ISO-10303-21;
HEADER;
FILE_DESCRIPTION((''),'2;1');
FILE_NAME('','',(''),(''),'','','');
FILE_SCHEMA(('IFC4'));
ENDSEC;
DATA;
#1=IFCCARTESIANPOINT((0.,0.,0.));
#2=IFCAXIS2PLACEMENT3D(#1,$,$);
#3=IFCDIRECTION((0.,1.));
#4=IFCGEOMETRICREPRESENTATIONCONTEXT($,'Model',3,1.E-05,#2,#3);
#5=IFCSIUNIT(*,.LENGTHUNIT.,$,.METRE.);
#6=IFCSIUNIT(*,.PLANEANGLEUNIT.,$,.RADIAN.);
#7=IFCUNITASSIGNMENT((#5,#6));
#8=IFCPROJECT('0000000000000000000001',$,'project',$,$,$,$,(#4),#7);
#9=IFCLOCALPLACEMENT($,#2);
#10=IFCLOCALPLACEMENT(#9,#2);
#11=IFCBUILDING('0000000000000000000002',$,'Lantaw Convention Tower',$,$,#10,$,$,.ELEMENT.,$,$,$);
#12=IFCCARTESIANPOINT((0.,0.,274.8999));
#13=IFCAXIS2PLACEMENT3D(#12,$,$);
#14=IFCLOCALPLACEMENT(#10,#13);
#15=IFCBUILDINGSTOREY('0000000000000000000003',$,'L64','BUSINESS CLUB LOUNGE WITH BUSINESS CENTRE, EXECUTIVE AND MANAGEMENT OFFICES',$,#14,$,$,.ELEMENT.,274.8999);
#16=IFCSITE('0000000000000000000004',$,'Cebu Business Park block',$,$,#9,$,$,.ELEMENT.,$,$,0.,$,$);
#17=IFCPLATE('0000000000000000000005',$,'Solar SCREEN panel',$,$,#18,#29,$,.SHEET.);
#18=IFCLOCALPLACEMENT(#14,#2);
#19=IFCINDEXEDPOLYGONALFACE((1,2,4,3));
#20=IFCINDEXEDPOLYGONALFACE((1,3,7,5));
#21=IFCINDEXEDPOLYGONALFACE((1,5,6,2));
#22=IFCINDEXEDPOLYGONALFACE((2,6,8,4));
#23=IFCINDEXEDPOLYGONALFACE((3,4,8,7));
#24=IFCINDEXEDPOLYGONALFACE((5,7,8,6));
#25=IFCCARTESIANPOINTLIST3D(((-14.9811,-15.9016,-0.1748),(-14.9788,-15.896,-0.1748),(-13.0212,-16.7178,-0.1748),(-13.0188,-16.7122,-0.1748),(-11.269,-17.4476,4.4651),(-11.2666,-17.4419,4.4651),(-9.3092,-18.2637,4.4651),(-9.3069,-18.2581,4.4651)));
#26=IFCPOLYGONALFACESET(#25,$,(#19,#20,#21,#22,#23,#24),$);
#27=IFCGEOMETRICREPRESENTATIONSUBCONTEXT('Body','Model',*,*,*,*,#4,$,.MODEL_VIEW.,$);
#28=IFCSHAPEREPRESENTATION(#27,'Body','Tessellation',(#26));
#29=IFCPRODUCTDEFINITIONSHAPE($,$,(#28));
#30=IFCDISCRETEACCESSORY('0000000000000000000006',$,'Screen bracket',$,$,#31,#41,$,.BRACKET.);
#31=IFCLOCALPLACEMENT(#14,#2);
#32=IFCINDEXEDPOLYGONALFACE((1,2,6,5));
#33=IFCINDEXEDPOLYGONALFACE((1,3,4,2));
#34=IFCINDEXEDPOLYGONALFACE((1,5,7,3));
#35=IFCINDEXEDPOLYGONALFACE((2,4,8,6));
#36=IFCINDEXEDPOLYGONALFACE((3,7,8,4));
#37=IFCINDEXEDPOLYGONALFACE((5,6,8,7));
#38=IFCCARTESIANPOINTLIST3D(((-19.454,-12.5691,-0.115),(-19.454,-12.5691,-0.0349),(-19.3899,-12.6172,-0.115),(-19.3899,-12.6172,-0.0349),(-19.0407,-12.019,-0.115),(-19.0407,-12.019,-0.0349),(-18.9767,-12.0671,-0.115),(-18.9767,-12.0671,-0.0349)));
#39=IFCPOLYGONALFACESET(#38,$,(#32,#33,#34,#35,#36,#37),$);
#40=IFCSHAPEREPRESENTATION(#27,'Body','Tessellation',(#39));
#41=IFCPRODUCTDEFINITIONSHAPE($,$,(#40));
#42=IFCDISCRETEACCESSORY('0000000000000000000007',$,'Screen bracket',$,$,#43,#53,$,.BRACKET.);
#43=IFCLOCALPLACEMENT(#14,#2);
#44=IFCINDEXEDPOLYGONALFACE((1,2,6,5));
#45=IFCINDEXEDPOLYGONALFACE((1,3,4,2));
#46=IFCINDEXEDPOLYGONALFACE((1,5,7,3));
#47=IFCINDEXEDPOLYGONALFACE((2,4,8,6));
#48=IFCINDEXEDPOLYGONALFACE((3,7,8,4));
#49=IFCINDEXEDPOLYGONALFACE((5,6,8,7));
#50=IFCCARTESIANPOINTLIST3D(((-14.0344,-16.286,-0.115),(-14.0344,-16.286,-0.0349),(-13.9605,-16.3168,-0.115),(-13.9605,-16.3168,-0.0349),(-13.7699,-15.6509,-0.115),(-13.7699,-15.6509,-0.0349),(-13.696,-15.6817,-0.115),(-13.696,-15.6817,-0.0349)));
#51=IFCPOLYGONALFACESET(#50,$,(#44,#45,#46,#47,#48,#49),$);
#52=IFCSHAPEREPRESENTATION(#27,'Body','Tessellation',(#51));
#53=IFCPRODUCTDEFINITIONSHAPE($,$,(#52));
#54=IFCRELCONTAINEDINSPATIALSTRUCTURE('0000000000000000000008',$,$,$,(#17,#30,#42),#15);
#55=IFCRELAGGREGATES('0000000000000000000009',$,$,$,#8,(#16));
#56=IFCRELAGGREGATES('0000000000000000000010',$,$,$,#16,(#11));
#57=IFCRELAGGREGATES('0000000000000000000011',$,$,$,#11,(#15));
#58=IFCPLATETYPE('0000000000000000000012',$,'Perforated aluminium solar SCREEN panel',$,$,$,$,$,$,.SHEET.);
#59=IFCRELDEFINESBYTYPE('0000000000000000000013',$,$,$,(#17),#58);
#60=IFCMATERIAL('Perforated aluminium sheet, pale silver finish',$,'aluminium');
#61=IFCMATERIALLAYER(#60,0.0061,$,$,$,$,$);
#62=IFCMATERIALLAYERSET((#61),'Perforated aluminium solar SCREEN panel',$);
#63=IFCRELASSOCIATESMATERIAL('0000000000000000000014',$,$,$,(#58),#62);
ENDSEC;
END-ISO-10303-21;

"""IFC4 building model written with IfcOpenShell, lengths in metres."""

from ifc_helpers import new_model, si_unit, direction, frame, origin, origin_2d, place, context, subcontext, project, spatial, polyline, rectangle, outline, extrude, material, layer, layer_set, type_object, element, save


model = new_model("IFC4")

# Units and contexts
model_context = context("Model", 3, precision=1e-05, world=origin(), true_north=direction((0.0, 1.0)))
body_context = subcontext(model_context, "Body", "Model", "MODEL_VIEW")
ifc_project = project(units=[si_unit("LENGTHUNIT", "METRE"), si_unit("PLANEANGLEUNIT", "RADIAN")], contexts=[model_context])

# Site, building, storey
site_placement = place(None, origin())
site = spatial("IfcSite", under=ifc_project, at=site_placement, Name="Cebu Business Park block", CompositionType="ELEMENT", RefElevation=0.0)
building_placement = place(site_placement, origin())
building = spatial("IfcBuilding", under=site, at=building_placement, Name="Lantaw Convention Tower", CompositionType="ELEMENT")
storey_placement = place(building_placement, frame((0.0, 0.0, 274.8999)))
storey = spatial("IfcBuildingStorey", under=building, at=storey_placement, Name="L64", Description="BUSINESS CLUB LOUNGE WITH BUSINESS CENTRE, EXECUTIVE AND MANAGEMENT OFFICES", CompositionType="ELEMENT", Elevation=274.8999)

# Plate
ifc_material_1 = material(Name="Perforated aluminium sheet, pale silver finish", Category="aluminium")
ifc_layer_1 = layer(ifc_material_1, 0.0061)
ifc_layer_set_1 = layer_set([ifc_layer_1], Name="Perforated aluminium solar SCREEN panel")
plate_type_1 = type_object("IfcPlateType", Name="Perforated aluminium solar SCREEN panel", PredefinedType="SHEET", material=ifc_layer_set_1)
plate_1_placement = place(storey_placement, frame((-14.9788, -15.896, -0.1748), z_axis=(0.38444, 0.92315, 0.000009), x_axis=(0.92315, -0.38444, 0.0)))
element("IfcPlate", 1, at=plate_1_placement, inside=storey, type_object=plate_type_1, Name="Solar SCREEN panel", PredefinedType="SHEET", context=body_context, shape_type="SweptSolid", body=[
    extrude(outline(polyline([(0.0, 0.0), (2.1231, 0.0), (6.1441, -4.6399), (4.0212, -4.6399), (0.0, 0.0)])), origin(), (0.0, 0.0, -1.0), 0.0061),
])

# Discrete accessories
for number, where, z_axis, x_axis, name in (
    (2, (-19.2153, -12.3181, -0.115), (0.0, 0.0, 1.0), (0.799518, -0.600643, 0.0), "Screen bracket"),
    (3, (-13.8652, -15.9839, -0.115), (0.0, 0.0, 1.0), (0.923142, -0.38446, 0.0), "Screen bracket"),
):
    element("IfcDiscreteAccessory", number, at=place(storey_placement, frame(where, z_axis=z_axis, x_axis=x_axis)), inside=storey, Name=name, PredefinedType="BRACKET", context=body_context, shape_type="SweptSolid", body=[
        extrude(rectangle(XDim=0.0801, YDim=0.688, at=origin_2d()), origin(), (0.0, 0.0, 1.0), 0.0801),
    ])

save(model, "model.ifc")
